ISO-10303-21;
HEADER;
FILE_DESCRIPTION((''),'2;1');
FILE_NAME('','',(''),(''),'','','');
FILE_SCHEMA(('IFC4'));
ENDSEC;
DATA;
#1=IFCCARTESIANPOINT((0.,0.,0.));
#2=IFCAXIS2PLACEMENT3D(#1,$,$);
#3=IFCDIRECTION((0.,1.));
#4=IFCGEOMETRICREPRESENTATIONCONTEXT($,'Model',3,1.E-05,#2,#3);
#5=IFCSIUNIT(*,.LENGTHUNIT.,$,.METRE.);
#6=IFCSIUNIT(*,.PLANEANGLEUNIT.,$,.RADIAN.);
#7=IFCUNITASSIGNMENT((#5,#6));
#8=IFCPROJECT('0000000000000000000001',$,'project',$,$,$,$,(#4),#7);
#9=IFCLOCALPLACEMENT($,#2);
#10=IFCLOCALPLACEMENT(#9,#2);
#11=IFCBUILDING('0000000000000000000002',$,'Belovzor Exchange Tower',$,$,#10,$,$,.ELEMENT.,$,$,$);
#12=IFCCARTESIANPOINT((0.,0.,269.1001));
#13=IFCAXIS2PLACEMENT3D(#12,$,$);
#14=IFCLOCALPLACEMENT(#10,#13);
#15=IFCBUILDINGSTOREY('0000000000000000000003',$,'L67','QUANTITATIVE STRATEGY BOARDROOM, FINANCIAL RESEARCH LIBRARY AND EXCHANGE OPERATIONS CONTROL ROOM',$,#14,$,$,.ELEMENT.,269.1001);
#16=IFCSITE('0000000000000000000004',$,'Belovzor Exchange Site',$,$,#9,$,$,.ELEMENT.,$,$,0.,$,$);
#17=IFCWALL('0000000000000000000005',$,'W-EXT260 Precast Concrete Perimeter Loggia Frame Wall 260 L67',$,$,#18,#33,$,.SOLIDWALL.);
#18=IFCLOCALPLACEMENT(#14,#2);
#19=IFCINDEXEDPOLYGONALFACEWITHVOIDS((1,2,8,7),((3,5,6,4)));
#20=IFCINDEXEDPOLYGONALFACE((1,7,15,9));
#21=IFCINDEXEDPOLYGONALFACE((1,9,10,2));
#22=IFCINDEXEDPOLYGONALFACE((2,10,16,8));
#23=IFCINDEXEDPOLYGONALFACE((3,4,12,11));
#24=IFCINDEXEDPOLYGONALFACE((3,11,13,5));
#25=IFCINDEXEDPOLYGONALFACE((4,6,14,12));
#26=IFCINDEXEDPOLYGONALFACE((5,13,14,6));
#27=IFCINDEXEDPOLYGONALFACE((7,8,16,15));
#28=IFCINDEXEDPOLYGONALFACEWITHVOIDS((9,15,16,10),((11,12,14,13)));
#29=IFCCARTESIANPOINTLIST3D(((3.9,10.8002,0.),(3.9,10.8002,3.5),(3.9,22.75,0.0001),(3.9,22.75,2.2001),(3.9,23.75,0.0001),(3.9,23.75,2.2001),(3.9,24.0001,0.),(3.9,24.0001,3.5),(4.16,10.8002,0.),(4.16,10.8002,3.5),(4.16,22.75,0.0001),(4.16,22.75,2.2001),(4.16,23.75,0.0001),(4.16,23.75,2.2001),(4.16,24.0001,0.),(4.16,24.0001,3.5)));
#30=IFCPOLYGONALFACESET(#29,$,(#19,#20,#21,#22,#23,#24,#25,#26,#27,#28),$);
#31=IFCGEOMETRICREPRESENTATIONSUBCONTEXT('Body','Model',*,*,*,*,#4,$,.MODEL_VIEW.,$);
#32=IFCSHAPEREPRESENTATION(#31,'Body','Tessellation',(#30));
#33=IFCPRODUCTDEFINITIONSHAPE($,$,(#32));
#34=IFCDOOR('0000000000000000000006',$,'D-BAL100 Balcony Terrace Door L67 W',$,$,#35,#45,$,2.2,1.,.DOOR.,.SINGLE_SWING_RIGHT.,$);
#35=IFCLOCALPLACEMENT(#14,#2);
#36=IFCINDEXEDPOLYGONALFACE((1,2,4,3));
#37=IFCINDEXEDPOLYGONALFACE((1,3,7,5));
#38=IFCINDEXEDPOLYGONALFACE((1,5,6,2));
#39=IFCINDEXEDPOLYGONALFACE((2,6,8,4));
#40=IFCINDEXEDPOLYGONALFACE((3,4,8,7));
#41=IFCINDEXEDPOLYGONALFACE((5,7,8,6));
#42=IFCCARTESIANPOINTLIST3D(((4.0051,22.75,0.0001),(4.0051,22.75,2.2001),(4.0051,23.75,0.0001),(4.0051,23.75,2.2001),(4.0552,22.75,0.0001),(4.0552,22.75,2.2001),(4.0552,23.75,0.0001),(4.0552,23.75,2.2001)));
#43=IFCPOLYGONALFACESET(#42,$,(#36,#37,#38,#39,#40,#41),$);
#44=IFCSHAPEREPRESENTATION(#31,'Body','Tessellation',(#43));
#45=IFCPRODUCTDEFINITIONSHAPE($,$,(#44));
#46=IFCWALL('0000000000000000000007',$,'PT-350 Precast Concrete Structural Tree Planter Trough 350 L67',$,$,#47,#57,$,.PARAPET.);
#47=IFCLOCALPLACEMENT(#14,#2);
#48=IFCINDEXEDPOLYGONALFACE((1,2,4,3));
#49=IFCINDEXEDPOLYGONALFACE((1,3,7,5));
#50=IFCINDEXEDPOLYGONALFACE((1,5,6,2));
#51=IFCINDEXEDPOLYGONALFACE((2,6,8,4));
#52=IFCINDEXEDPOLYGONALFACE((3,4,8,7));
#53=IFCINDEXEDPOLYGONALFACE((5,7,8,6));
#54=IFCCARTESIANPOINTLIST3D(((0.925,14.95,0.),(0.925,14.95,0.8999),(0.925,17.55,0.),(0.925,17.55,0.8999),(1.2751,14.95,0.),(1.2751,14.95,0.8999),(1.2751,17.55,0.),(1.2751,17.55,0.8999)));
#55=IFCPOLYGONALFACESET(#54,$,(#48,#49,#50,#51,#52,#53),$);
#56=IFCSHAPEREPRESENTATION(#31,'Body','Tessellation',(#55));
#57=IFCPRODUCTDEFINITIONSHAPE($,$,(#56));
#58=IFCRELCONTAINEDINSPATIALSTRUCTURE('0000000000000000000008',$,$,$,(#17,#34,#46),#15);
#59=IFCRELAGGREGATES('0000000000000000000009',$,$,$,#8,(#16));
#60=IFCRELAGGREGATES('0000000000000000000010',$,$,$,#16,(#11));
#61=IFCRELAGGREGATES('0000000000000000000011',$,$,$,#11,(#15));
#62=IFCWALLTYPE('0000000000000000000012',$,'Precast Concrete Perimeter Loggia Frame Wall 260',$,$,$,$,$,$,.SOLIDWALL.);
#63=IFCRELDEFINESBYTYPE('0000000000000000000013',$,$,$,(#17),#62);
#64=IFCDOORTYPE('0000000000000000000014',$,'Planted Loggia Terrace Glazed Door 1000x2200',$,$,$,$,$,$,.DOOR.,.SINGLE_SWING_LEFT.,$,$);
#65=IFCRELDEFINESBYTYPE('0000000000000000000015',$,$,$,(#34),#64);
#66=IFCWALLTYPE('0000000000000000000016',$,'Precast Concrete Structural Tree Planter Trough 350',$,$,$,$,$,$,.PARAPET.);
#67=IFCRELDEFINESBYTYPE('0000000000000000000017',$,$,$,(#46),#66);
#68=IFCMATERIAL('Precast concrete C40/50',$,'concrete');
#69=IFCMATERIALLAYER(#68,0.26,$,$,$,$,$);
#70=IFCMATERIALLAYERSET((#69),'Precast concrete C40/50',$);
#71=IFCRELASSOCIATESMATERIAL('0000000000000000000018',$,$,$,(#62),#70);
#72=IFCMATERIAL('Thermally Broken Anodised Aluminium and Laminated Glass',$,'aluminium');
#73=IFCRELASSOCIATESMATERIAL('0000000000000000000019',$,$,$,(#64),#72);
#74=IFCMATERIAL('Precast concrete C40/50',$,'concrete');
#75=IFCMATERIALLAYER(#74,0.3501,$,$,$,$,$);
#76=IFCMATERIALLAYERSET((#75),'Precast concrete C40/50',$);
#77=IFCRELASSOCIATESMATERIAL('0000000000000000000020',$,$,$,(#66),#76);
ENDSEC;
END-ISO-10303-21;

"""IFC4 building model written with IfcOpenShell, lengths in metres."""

from ifc_helpers import new_model, si_unit, direction, frame, frame_2d, origin, place, context, subcontext, project, spatial, rectangle, extrude, material, layer, layer_set, type_object, element, fill, save


model = new_model("IFC4")

# Units and contexts
model_context = context("Model", 3, precision=1e-05, world=origin(), true_north=direction((0.0, 1.0)))
body_context = subcontext(model_context, "Body", "Model", "MODEL_VIEW")
ifc_project = project(units=[si_unit("LENGTHUNIT", "METRE"), si_unit("PLANEANGLEUNIT", "RADIAN")], contexts=[model_context])

# Site, building, storey
site_placement = place(None, origin())
site = spatial("IfcSite", under=ifc_project, at=site_placement, Name="Belovzor Exchange Site", CompositionType="ELEMENT", RefElevation=0.0)
building_placement = place(site_placement, origin())
building = spatial("IfcBuilding", under=site, at=building_placement, Name="Belovzor Exchange Tower", CompositionType="ELEMENT")
storey_placement = place(building_placement, frame((0.0, 0.0, 269.1001)))
storey = spatial("IfcBuildingStorey", under=building, at=storey_placement, Name="L67", Description="QUANTITATIVE STRATEGY BOARDROOM, FINANCIAL RESEARCH LIBRARY AND EXCHANGE OPERATIONS CONTROL ROOM", CompositionType="ELEMENT", Elevation=269.1001)

# Wall, opening, door
ifc_material_1 = material(Name="Precast concrete C40/50", Category="concrete")
ifc_layer_1 = layer(ifc_material_1, 0.26)
ifc_layer_set_1 = layer_set([ifc_layer_1], Name="Precast concrete C40/50")
wall_type_1 = type_object("IfcWallType", Name="Precast Concrete Perimeter Loggia Frame Wall 260", PredefinedType="SOLIDWALL", material=ifc_layer_set_1)
wall_1_placement = place(storey_placement, frame((4.03, 10.8, 0.0), z_axis=(0.0, 0.0, 1.0), x_axis=(0.0, 1.0, 0.0)))
wall_1 = element("IfcWall", 1, at=wall_1_placement, inside=storey, type_object=wall_type_1, Name="W-EXT260 Precast Concrete Perimeter Loggia Frame Wall 260 L67", PredefinedType="SOLIDWALL", context=body_context, shape_type="SweptSolid", body=[
    extrude(rectangle(XDim=13.2, YDim=0.26, at=frame_2d((6.6001, 0.0))), origin(), (0.0, 0.0, 1.0), 3.5),
])
opening_1_placement = place(wall_1_placement, frame((11.95, 0.0, 0.0)))
opening_1 = element("IfcOpeningElement", 2, at=opening_1_placement, cuts=wall_1, PredefinedType="OPENING", context=body_context, shape_type="SweptSolid", body=[
    extrude(rectangle(XDim=1.0, YDim=2.2, at=frame_2d((0.5, 1.1001))), frame((0.0, 0.1399, 0.0), z_axis=(0.0, -1.0, 0.0), x_axis=(1.0, 0.0, 0.0)), (0.0, 0.0, 1.0), 0.28),
])
ifc_material_2 = material(Name="Thermally Broken Anodised Aluminium and Laminated Glass", Category="aluminium")
door_type_1 = type_object("IfcDoorType", Name="Planted Loggia Terrace Glazed Door 1000x2200", OperationType="SINGLE_SWING_LEFT", PredefinedType="DOOR", material=ifc_material_2)
door_1_placement = place(opening_1_placement, origin())
door_1 = element("IfcDoor", 3, at=door_1_placement, inside=storey, type_object=door_type_1, Name="D-BAL100 Balcony Terrace Door L67 W", OperationType="SINGLE_SWING_RIGHT", OverallHeight=2.2, OverallWidth=1.0, PredefinedType="DOOR", context=body_context, shape_type="SweptSolid", body=[
    extrude(rectangle(XDim=1.0, YDim=2.2, at=frame_2d((0.5, 1.1001))), frame((0.0, 0.0249, 0.0), z_axis=(0.0, -1.0, 0.0), x_axis=(1.0, 0.0, 0.0)), (0.0, 0.0, 1.0), 0.05),
])
fill(opening_1, door_1)

# Wall
ifc_material_3 = material(Name="Precast concrete C40/50", Category="concrete")
ifc_layer_2 = layer(ifc_material_3, 0.3501)
ifc_layer_set_2 = layer_set([ifc_layer_2], Name="Precast concrete C40/50")
wall_type_2 = type_object("IfcWallType", Name="Precast Concrete Structural Tree Planter Trough 350", PredefinedType="PARAPET", material=ifc_layer_set_2)
wall_2_placement = place(storey_placement, frame((1.1001, 14.95, 0.0), z_axis=(0.0, 0.0, 1.0), x_axis=(0.0, 1.0, 0.0)))
element("IfcWall", 4, at=wall_2_placement, inside=storey, type_object=wall_type_2, Name="PT-350 Precast Concrete Structural Tree Planter Trough 350 L67", PredefinedType="PARAPET", context=body_context, shape_type="SweptSolid", body=[
    extrude(rectangle(XDim=2.6001, YDim=0.3501, at=frame_2d((1.3, 0.0))), origin(), (0.0, 0.0, 1.0), 0.8999),
])

save(model, "model.ifc")
